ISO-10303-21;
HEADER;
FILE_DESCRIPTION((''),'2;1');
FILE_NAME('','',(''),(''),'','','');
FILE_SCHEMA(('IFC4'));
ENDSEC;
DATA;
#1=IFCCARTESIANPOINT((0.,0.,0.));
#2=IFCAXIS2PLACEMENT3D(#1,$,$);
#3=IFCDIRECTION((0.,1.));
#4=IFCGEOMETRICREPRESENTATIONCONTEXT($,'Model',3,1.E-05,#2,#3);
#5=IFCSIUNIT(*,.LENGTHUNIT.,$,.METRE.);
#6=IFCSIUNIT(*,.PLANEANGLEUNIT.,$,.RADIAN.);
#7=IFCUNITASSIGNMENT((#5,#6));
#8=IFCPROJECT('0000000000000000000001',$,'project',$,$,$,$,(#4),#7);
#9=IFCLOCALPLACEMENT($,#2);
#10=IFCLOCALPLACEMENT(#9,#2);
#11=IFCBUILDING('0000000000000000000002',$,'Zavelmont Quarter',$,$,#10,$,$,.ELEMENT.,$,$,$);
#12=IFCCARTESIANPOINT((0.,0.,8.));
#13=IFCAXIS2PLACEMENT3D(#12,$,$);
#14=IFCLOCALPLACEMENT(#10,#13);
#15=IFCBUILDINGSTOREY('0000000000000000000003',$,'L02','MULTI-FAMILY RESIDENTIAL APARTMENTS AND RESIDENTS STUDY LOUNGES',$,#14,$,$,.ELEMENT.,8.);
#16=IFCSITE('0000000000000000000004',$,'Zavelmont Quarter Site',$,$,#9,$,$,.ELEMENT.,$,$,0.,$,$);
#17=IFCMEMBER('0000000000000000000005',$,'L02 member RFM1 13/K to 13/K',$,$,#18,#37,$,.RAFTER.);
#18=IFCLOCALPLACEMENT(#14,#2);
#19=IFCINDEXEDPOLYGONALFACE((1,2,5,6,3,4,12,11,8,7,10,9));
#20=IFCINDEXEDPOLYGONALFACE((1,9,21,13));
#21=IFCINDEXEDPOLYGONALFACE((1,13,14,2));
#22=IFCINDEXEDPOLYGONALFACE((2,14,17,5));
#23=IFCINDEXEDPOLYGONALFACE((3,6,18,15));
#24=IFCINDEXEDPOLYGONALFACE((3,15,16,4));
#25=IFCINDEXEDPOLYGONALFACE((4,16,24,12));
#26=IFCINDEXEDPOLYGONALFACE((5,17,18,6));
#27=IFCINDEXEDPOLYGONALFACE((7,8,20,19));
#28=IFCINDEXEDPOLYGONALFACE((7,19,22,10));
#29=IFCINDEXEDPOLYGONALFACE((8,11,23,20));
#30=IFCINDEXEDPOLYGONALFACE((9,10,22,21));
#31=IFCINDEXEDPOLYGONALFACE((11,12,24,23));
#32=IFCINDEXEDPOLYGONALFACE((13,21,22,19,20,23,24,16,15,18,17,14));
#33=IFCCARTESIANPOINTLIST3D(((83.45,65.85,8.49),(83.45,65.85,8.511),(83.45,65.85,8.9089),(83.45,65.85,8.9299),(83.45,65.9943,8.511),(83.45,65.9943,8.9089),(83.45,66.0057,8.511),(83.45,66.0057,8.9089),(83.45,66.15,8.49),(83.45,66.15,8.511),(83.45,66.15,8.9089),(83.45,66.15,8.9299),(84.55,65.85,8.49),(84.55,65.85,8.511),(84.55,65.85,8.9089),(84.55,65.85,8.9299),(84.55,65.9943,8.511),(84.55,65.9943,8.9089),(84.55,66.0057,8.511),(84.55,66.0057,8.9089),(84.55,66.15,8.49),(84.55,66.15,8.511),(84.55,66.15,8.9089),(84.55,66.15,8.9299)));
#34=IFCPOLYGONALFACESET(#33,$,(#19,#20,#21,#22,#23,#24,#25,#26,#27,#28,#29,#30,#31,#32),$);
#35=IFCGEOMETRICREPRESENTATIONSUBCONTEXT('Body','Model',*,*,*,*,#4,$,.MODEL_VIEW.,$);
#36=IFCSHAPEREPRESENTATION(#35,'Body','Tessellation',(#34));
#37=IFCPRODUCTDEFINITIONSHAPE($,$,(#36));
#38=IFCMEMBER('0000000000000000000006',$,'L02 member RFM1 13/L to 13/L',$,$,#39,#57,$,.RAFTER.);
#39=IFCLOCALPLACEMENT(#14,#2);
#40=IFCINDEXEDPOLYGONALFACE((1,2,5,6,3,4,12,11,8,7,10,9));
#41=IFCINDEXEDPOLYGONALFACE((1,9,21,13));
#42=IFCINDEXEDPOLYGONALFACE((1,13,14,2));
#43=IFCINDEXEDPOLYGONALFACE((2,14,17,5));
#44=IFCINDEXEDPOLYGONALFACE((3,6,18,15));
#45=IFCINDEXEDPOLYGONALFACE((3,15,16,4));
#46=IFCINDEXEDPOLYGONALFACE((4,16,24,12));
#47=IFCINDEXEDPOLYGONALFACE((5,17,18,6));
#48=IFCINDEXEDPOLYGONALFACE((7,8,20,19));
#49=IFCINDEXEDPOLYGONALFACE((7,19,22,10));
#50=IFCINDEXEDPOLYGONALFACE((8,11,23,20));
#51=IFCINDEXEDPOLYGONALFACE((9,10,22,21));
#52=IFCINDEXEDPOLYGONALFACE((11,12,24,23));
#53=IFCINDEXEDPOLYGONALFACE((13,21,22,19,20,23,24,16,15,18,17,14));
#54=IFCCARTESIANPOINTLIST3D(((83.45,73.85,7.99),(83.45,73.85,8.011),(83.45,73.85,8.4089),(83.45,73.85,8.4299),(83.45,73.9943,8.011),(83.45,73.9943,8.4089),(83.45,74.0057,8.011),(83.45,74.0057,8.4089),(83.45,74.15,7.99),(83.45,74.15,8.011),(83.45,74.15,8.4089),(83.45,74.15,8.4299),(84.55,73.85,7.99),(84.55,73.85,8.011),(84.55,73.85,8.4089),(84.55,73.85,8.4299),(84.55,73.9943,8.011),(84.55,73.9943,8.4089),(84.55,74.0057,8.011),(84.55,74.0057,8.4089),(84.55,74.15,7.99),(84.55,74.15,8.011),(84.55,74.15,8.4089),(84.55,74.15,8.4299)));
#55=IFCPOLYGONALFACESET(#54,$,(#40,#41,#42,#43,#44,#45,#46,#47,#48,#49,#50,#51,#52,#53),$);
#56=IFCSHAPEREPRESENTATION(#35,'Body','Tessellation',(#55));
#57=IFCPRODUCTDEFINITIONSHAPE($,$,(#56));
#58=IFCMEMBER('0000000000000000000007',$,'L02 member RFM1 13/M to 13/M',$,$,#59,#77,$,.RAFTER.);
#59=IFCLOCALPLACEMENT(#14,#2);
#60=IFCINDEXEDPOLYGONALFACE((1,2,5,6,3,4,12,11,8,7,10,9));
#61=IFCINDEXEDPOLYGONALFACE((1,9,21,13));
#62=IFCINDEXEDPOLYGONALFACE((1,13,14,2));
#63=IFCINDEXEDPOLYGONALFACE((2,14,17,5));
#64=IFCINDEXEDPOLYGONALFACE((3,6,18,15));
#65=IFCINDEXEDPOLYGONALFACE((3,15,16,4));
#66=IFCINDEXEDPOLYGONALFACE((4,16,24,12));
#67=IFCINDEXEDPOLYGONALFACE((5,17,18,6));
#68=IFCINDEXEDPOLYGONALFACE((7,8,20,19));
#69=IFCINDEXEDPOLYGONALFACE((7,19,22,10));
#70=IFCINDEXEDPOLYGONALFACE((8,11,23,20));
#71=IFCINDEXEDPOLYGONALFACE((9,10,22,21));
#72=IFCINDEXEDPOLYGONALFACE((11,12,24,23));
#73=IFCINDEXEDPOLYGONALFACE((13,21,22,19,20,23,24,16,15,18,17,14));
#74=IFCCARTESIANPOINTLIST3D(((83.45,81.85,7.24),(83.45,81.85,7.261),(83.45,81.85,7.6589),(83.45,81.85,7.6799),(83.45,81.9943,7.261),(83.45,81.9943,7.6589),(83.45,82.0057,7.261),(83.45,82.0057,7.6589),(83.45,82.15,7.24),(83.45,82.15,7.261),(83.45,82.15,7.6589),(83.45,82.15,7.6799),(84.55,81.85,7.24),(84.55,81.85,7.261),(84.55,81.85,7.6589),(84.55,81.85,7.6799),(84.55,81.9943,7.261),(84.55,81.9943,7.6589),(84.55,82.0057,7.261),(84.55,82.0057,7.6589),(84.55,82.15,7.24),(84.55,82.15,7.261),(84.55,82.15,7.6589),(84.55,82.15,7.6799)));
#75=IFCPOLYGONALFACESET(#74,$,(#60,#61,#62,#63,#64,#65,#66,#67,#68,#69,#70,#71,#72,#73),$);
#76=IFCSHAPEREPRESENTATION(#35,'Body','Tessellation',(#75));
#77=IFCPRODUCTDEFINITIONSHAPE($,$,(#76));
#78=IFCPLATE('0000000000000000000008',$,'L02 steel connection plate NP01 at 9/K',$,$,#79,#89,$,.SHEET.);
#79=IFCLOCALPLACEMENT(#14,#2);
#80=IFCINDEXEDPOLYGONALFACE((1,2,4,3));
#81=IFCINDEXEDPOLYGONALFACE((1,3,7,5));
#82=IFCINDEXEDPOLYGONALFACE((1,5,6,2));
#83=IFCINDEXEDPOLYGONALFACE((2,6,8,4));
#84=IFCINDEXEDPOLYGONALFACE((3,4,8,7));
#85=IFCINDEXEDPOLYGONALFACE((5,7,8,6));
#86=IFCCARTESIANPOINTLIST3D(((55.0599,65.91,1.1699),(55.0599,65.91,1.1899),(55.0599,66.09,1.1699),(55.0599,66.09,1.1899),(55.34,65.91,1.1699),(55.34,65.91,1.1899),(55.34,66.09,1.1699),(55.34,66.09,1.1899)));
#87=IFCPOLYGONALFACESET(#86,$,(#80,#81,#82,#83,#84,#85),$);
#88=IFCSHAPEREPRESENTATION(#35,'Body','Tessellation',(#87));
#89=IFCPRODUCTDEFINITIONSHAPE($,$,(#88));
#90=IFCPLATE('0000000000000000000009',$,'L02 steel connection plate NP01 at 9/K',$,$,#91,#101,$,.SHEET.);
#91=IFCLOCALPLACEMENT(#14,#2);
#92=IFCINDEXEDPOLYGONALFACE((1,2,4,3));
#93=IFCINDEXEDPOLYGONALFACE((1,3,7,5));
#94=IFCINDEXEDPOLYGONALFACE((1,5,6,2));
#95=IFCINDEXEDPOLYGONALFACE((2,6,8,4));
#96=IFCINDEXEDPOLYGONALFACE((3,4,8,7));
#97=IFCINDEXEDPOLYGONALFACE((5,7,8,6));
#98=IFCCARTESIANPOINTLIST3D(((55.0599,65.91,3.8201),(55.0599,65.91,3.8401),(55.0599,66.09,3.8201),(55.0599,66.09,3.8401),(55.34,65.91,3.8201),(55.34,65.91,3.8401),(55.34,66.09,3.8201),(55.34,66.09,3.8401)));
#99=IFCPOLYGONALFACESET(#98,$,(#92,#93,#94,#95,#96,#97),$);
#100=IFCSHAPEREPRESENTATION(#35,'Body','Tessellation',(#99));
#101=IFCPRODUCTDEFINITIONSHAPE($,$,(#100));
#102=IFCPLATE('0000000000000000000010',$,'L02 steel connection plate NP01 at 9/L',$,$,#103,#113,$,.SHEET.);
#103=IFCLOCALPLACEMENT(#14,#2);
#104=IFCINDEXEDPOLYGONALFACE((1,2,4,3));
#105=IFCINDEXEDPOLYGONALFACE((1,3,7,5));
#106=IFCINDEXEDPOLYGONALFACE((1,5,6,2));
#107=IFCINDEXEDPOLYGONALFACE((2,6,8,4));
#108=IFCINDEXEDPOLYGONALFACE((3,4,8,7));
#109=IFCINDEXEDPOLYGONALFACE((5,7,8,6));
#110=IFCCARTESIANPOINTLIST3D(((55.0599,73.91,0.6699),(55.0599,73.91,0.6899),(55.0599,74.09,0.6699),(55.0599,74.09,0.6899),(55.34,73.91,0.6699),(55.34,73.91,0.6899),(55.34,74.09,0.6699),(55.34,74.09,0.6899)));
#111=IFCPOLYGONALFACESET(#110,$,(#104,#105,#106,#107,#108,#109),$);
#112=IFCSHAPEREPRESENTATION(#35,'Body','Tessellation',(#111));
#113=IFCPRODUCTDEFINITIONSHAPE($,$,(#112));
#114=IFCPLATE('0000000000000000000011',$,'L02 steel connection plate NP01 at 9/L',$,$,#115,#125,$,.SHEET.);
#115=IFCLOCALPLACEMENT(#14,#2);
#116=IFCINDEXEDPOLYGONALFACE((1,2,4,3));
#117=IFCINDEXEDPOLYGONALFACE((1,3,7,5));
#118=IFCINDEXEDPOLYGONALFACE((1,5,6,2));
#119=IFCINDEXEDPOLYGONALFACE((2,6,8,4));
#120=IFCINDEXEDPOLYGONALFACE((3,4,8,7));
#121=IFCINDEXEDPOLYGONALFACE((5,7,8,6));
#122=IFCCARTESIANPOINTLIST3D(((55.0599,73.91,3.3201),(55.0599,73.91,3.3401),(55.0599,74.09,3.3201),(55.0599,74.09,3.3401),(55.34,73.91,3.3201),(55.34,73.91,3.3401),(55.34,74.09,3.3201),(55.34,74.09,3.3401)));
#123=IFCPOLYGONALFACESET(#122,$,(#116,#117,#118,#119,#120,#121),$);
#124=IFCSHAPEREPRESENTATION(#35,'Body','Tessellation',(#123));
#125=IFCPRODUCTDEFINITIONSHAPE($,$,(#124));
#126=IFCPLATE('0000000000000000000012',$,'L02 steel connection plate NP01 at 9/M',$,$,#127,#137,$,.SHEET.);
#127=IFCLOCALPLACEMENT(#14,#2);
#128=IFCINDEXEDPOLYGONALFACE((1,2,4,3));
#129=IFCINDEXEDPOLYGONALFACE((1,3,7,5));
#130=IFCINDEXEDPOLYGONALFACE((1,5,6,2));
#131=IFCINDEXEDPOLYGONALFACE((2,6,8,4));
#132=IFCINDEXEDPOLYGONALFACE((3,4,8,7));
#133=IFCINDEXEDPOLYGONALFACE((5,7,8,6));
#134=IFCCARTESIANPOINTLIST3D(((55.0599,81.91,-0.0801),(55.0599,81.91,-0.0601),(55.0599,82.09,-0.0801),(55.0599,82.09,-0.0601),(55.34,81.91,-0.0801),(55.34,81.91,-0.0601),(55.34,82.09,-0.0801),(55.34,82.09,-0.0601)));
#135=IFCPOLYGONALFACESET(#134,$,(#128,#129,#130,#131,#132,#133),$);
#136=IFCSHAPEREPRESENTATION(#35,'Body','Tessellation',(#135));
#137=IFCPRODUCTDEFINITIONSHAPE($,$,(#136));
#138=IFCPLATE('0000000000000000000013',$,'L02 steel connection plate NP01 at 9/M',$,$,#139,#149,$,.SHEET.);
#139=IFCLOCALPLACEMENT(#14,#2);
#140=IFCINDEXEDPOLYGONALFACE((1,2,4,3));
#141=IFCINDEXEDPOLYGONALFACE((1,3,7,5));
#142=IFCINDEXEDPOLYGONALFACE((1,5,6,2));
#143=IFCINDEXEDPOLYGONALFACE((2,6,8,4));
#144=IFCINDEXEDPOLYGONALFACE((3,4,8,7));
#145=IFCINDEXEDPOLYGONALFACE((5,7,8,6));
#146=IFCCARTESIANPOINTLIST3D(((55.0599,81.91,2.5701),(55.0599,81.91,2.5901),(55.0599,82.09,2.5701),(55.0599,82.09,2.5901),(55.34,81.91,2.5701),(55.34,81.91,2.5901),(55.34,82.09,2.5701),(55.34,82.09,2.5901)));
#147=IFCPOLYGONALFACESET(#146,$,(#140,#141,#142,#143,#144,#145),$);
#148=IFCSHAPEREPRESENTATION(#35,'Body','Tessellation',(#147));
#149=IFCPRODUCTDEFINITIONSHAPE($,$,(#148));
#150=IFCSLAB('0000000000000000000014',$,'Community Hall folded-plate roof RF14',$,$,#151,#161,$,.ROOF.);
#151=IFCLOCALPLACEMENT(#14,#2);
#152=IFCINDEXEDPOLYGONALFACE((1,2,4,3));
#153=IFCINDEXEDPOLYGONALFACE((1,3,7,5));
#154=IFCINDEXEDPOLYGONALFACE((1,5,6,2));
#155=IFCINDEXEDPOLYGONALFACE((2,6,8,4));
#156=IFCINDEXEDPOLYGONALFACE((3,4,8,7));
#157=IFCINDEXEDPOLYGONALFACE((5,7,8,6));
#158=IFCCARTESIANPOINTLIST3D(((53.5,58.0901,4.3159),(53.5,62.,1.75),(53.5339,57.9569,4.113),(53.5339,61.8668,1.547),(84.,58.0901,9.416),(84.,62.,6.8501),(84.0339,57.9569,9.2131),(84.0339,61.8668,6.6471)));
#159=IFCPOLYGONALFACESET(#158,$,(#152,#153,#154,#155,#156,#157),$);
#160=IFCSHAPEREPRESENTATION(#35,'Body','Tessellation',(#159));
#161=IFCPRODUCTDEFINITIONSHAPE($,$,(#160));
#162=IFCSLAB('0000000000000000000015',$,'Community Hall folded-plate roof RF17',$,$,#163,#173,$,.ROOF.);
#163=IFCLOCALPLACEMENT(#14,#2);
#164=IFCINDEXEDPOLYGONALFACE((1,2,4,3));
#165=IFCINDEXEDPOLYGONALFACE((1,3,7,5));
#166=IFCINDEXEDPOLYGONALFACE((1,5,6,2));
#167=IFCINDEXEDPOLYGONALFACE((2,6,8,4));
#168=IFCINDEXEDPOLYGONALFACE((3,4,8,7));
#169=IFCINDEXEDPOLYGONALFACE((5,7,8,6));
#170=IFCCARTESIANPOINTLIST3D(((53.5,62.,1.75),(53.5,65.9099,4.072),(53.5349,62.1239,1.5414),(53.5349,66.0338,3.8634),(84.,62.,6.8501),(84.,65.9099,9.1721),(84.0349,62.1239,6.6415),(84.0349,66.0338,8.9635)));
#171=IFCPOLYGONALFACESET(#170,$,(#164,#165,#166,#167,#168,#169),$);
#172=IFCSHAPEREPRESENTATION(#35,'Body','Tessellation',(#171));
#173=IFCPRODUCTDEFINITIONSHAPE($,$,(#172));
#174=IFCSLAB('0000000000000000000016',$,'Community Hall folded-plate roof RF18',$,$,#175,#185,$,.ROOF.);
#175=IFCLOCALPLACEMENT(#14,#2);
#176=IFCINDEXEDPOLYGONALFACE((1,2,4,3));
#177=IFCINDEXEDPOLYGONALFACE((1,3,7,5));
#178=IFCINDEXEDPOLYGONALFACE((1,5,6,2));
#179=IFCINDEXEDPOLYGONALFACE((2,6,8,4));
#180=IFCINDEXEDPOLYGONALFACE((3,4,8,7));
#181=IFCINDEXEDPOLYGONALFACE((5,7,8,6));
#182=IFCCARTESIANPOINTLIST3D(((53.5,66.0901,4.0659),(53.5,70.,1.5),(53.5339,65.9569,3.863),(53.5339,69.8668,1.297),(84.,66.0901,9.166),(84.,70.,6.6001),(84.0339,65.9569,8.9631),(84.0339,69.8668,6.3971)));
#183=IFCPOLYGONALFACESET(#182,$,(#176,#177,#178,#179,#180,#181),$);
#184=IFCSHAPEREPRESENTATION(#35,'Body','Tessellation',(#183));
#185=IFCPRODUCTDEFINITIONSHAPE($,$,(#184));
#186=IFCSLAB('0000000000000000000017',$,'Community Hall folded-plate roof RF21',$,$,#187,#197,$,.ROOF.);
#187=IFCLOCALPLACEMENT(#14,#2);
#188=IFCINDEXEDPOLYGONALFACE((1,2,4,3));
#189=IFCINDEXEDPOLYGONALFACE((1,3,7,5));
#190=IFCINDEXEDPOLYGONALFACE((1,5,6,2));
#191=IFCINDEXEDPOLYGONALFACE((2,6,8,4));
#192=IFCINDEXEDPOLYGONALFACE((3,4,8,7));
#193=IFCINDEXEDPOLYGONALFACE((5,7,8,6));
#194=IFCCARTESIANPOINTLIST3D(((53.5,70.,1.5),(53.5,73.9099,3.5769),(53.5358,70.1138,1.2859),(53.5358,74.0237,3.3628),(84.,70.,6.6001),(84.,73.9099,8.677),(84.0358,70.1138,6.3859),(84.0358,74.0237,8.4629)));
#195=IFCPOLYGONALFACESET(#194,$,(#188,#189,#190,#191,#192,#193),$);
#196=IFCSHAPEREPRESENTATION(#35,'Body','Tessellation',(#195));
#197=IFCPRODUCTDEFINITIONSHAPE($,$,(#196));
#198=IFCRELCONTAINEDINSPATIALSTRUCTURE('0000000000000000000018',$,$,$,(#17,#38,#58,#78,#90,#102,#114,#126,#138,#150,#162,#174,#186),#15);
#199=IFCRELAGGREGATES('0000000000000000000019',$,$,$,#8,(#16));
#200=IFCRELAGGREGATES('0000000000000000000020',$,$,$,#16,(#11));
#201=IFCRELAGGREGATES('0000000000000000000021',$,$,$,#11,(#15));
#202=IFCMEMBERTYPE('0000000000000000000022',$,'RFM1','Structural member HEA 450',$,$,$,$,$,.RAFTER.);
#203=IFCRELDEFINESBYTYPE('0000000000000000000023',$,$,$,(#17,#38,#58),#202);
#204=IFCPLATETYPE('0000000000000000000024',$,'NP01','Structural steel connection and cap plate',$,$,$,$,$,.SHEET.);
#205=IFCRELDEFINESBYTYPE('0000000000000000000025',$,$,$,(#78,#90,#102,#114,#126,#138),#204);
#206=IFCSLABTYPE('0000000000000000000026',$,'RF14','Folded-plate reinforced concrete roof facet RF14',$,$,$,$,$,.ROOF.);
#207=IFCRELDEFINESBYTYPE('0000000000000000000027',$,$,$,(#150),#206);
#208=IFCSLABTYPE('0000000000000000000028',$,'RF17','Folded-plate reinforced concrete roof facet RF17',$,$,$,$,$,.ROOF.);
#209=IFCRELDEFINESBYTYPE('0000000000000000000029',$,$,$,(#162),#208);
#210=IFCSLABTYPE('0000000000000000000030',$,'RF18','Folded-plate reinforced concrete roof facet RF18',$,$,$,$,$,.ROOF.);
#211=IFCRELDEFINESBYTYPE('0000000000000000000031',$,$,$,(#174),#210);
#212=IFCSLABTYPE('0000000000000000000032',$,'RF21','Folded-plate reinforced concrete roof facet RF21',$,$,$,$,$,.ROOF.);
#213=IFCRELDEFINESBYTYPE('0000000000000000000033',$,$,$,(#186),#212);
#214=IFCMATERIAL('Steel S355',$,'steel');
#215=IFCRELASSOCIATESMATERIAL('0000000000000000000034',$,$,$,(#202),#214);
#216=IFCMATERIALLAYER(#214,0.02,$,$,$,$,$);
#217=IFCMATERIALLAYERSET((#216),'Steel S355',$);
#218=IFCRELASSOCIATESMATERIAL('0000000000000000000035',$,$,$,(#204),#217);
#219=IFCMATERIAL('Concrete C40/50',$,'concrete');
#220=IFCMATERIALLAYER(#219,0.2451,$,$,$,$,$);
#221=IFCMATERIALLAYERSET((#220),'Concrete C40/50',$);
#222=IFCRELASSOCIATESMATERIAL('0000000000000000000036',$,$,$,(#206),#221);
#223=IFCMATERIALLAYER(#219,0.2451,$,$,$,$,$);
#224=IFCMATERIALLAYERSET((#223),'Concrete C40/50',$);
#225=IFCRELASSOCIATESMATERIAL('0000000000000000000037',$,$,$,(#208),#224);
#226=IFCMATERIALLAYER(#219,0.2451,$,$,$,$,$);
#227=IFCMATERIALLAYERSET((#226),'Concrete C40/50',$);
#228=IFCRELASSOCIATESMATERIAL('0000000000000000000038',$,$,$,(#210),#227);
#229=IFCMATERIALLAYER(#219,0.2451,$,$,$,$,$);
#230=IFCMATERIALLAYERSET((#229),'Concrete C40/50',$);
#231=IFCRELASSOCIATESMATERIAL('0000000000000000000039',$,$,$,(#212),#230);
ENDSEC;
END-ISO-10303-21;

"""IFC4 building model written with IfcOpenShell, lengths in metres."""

from ifc_helpers import new_model, si_unit, direction, frame, origin, origin_2d, place, context, subcontext, project, spatial, polyline, rectangle, i_section, outline, extrude, material, layer, layer_set, material_profile, profile_set, type_object, element, save


model = new_model("IFC4")

# Units and contexts
model_context = context("Model", 3, precision=1e-05, world=origin(), true_north=direction((0.0, 1.0)))
body_context = subcontext(model_context, "Body", "Model", "MODEL_VIEW")
ifc_project = project(units=[si_unit("LENGTHUNIT", "METRE"), si_unit("PLANEANGLEUNIT", "RADIAN")], contexts=[model_context])

# Site, building, storey
site_placement = place(None, origin())
site = spatial("IfcSite", under=ifc_project, at=site_placement, Name="Zavelmont Quarter Site", CompositionType="ELEMENT", RefElevation=0.0)
building_placement = place(site_placement, origin())
building = spatial("IfcBuilding", under=site, at=building_placement, Name="Zavelmont Quarter", CompositionType="ELEMENT")
storey_placement = place(building_placement, frame((0.0, 0.0, 8.0)))
storey = spatial("IfcBuildingStorey", under=building, at=storey_placement, Name="L02", Description="MULTI-FAMILY RESIDENTIAL APARTMENTS AND RESIDENTS STUDY LOUNGES", CompositionType="ELEMENT", Elevation=8.0)

# Shared definitions
ifc_material_1 = material(Name="Concrete C40/50", Category="concrete")

# Members
ifc_material_2 = material(Name="Steel S355", Category="steel")
ifc_material_profile_1 = material_profile(ifc_material_2, i_section(OverallWidth=0.3, OverallDepth=0.4399, WebThickness=0.0115, FlangeThickness=0.021, at=origin_2d()), Name="HEA 450")
ifc_profile_set_1 = profile_set([ifc_material_profile_1], Name="Steel S355")
member_type_1 = type_object("IfcMemberType", Name="RFM1", Description="Structural member HEA 450", PredefinedType="RAFTER", material=ifc_profile_set_1)
for number, where, z_axis, x_axis, name in (
    (1, (83.45, 66.0, 8.71), (1.0, 0.0, 0.0), (0.0, 1.0, 0.0), "L02 member RFM1 13/K to 13/K"),
    (2, (83.45, 74.0, 8.21), (1.0, 0.0, 0.0), (0.0, 1.0, 0.0), "L02 member RFM1 13/L to 13/L"),
    (3, (83.45, 82.0, 7.46), (1.0, 0.0, 0.0), (0.0, 1.0, 0.0), "L02 member RFM1 13/M to 13/M"),
):
    element("IfcMember", number, at=place(storey_placement, frame(where, z_axis=z_axis, x_axis=x_axis)), inside=storey, type_object=member_type_1, Name=name, PredefinedType="RAFTER", context=body_context, shape_type="SweptSolid", body=[
        extrude(i_section(OverallWidth=0.3, OverallDepth=0.4399, WebThickness=0.0115, FlangeThickness=0.021, at=origin_2d()), origin(), (0.0, 0.0, 1.0), 1.1001),
    ])

# Plates
ifc_layer_1 = layer(ifc_material_2, 0.02)
ifc_layer_set_1 = layer_set([ifc_layer_1], Name="Steel S355")
plate_type = type_object("IfcPlateType", Name="NP01", Description="Structural steel connection and cap plate", PredefinedType="SHEET", material=ifc_layer_set_1)
for number, where, z_axis, x_axis, name in (
    (4, (55.2, 66.0, 1.1699), (0.0, 0.0, 1.0), (1.0, 0.0, 0.0), "L02 steel connection plate NP01 at 9/K"),
    (5, (55.2, 66.0, 3.8201), (0.0, 0.0, 1.0), (1.0, 0.0, 0.0), "L02 steel connection plate NP01 at 9/K"),
    (6, (55.2, 74.0, 0.6699), (0.0, 0.0, 1.0), (1.0, 0.0, 0.0), "L02 steel connection plate NP01 at 9/L"),
    (7, (55.2, 74.0, 3.3201), (0.0, 0.0, 1.0), (1.0, 0.0, 0.0), "L02 steel connection plate NP01 at 9/L"),
    (8, (55.2, 82.0, -0.0801), (0.0, 0.0, 1.0), (1.0, 0.0, 0.0), "L02 steel connection plate NP01 at 9/M"),
    (9, (55.2, 82.0, 2.5701), (0.0, 0.0, 1.0), (1.0, 0.0, 0.0), "L02 steel connection plate NP01 at 9/M"),
):
    element("IfcPlate", number, at=place(storey_placement, frame(where, z_axis=z_axis, x_axis=x_axis)), inside=storey, type_object=plate_type, Name=name, PredefinedType="SHEET", context=body_context, shape_type="SweptSolid", body=[
        extrude(rectangle(XDim=0.28, YDim=0.1799, at=origin_2d()), origin(), (0.0, 0.0, 1.0), 0.02),
    ])

# Slabs
ifc_layer_2 = layer(ifc_material_1, 0.2451)
ifc_layer_set_2 = layer_set([ifc_layer_2], Name="Concrete C40/50")
slab_type_1 = type_object("IfcSlabType", Name="RF14", Description="Folded-plate reinforced concrete roof facet RF14", PredefinedType="ROOF", material=ifc_layer_set_2)
slab_1_placement = place(storey_placement, frame((53.5, 58.0901, 4.3159), z_axis=(-0.138454, 0.543378, 0.827992), x_axis=(0.986306, 0.0, 0.164926)))
element("IfcSlab", 10, at=slab_1_placement, inside=storey, type_object=slab_type_1, Name="Community Hall folded-plate roof RF14", PredefinedType="ROOF", context=body_context, shape_type="SweptSolid", body=[
    extrude(outline(polyline([(0.0, 0.0), (30.9235, 0.0), (30.5003, 4.6575), (-0.4232, 4.6575), (0.0, 0.0)])), origin(), (0.0, 0.0, -1.0), 0.2451),
])
ifc_layer_3 = layer(ifc_material_1, 0.2451)
ifc_layer_set_3 = layer_set([ifc_layer_3], Name="Concrete C40/50")
slab_type_2 = type_object("IfcSlabType", Name="RF17", Description="Folded-plate reinforced concrete roof facet RF17", PredefinedType="ROOF", material=ifc_layer_set_3)
slab_2_placement = place(storey_placement, frame((53.5, 62.0, 1.75), z_axis=(-0.14231, -0.505425, 0.851054), x_axis=(0.986306, 0.0, 0.164926)))
element("IfcSlab", 11, at=slab_2_placement, inside=storey, type_object=slab_type_2, Name="Community Hall folded-plate roof RF17", PredefinedType="ROOF", context=body_context, shape_type="SweptSolid", body=[
    extrude(outline(polyline([(0.0, 0.0), (30.9235, 0.0), (31.3064, 4.5313), (0.383, 4.5313), (0.0, 0.0)])), origin(), (0.0, 0.0, -1.0), 0.2451),
])
ifc_layer_4 = layer(ifc_material_1, 0.2451)
ifc_layer_set_4 = layer_set([ifc_layer_4], Name="Concrete C40/50")
slab_type_3 = type_object("IfcSlabType", Name="RF18", Description="Folded-plate reinforced concrete roof facet RF18", PredefinedType="ROOF", material=ifc_layer_set_4)
slab_3_placement = place(storey_placement, frame((53.5, 66.0901, 4.0659), z_axis=(-0.138454, 0.543378, 0.827992), x_axis=(0.986306, 0.0, 0.164926)))
element("IfcSlab", 12, at=slab_3_placement, inside=storey, type_object=slab_type_3, Name="Community Hall folded-plate roof RF18", PredefinedType="ROOF", context=body_context, shape_type="SweptSolid", body=[
    extrude(outline(polyline([(0.0, 0.0), (30.9235, 0.0), (30.5003, 4.6575), (-0.4232, 4.6575), (0.0, 0.0)])), origin(), (0.0, 0.0, -1.0), 0.2451),
])
ifc_layer_5 = layer(ifc_material_1, 0.2451)
ifc_layer_set_5 = layer_set([ifc_layer_5], Name="Concrete C40/50")
slab_type_4 = type_object("IfcSlabType", Name="RF21", Description="Folded-plate reinforced concrete roof facet RF21", PredefinedType="ROOF", material=ifc_layer_set_5)
slab_4_placement = place(storey_placement, frame((53.5, 70.0, 1.5), z_axis=(-0.146091, -0.464081, 0.873663), x_axis=(0.986306, 0.0, 0.164926)))
element("IfcSlab", 13, at=slab_4_placement, inside=storey, type_object=slab_type_4, Name="Community Hall folded-plate roof RF21", PredefinedType="ROOF", context=body_context, shape_type="SweptSolid", body=[
    extrude(outline(polyline([(0.0, 0.0), (30.9235, 0.0), (31.266, 4.414), (0.3425, 4.414), (0.0, 0.0)])), origin(), (0.0, 0.0, -1.0), 0.2451),
])

save(model, "model.ifc")
